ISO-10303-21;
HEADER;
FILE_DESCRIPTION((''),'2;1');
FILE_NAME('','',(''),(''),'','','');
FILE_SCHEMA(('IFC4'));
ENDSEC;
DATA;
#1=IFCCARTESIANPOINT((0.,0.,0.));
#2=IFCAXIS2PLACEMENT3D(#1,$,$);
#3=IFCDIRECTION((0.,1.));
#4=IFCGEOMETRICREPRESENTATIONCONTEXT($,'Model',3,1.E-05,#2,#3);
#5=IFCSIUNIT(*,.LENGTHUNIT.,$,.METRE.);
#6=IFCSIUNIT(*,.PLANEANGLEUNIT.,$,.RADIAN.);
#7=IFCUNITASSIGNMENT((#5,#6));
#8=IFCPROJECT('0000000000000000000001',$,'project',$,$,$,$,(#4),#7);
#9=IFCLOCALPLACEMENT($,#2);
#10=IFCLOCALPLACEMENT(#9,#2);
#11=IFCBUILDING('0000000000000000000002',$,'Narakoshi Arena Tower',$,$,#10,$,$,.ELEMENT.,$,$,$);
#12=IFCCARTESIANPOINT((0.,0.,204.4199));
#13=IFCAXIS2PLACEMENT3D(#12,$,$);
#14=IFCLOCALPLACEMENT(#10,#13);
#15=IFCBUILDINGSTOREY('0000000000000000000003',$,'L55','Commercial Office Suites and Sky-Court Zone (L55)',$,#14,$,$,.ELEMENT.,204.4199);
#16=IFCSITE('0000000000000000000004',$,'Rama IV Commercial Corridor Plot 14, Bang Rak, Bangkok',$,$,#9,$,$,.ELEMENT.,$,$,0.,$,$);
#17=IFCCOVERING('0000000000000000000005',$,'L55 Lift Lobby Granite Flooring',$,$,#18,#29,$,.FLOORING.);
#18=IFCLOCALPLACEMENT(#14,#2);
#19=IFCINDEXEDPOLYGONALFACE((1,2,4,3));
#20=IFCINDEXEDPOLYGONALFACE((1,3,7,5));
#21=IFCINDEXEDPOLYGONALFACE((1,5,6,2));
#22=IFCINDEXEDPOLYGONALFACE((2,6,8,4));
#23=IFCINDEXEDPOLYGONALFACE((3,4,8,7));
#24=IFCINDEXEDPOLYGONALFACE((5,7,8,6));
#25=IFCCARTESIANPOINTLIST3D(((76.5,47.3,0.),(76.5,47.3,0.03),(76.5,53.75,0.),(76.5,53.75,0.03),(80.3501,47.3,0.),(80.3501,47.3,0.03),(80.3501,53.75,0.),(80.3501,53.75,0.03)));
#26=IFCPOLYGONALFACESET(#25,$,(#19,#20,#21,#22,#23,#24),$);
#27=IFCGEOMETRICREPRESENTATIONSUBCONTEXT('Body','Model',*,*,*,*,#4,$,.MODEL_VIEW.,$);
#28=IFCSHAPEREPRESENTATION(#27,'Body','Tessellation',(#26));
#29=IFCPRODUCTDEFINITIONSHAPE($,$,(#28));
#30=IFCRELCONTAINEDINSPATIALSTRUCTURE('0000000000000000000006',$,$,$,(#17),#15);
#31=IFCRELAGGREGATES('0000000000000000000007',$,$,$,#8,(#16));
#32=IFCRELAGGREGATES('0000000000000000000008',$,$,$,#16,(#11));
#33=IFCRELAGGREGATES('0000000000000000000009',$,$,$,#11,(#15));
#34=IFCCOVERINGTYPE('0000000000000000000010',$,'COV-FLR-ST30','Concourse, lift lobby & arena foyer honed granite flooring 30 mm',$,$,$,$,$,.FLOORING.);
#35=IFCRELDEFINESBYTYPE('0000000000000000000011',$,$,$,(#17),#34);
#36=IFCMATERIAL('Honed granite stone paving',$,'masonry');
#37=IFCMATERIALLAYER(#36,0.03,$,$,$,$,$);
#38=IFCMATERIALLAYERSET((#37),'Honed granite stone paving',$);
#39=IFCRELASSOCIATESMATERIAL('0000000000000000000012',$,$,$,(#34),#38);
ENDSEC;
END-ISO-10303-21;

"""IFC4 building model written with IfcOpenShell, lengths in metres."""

from ifc_helpers import new_model, si_unit, direction, frame, origin, place, context, subcontext, project, spatial, polyline, outline, extrude, material, layer, layer_set, type_object, element, save


model = new_model("IFC4")

# Units and contexts
model_context = context("Model", 3, precision=1e-05, world=origin(), true_north=direction((0.0, 1.0)))
body_context = subcontext(model_context, "Body", "Model", "MODEL_VIEW")
ifc_project = project(units=[si_unit("LENGTHUNIT", "METRE"), si_unit("PLANEANGLEUNIT", "RADIAN")], contexts=[model_context])

# Site, building, storey
site_placement = place(None, origin())
site = spatial("IfcSite", under=ifc_project, at=site_placement, Name="Rama IV Commercial Corridor Plot 14, Bang Rak, Bangkok", CompositionType="ELEMENT", RefElevation=0.0)
building_placement = place(site_placement, origin())
building = spatial("IfcBuilding", under=site, at=building_placement, Name="Narakoshi Arena Tower", CompositionType="ELEMENT")
storey_placement = place(building_placement, frame((0.0, 0.0, 204.4199)))
storey = spatial("IfcBuildingStorey", under=building, at=storey_placement, Name="L55", Description="Commercial Office Suites and Sky-Court Zone (L55)", CompositionType="ELEMENT", Elevation=204.4199)

# Covering
ifc_material_1 = material(Name="Honed granite stone paving", Category="masonry")
ifc_layer_1 = layer(ifc_material_1, 0.03)
ifc_layer_set_1 = layer_set([ifc_layer_1], Name="Honed granite stone paving")
covering_type_1 = type_object("IfcCoveringType", Name="COV-FLR-ST30", Description="Concourse, lift lobby & arena foyer honed granite flooring 30 mm", PredefinedType="FLOORING", material=ifc_layer_set_1)
covering_1_placement = place(storey_placement, origin())
element("IfcCovering", 1, at=covering_1_placement, inside=storey, type_object=covering_type_1, Name="L55 Lift Lobby Granite Flooring", PredefinedType="FLOORING", context=body_context, shape_type="SweptSolid", body=[
    extrude(outline(polyline([(76.5, 47.3), (80.3501, 47.3), (80.3501, 53.75), (76.5, 53.75), (76.5, 47.3)])), origin(), (0.0, 0.0, 1.0), 0.03),
])

save(model, "model.ifc")
